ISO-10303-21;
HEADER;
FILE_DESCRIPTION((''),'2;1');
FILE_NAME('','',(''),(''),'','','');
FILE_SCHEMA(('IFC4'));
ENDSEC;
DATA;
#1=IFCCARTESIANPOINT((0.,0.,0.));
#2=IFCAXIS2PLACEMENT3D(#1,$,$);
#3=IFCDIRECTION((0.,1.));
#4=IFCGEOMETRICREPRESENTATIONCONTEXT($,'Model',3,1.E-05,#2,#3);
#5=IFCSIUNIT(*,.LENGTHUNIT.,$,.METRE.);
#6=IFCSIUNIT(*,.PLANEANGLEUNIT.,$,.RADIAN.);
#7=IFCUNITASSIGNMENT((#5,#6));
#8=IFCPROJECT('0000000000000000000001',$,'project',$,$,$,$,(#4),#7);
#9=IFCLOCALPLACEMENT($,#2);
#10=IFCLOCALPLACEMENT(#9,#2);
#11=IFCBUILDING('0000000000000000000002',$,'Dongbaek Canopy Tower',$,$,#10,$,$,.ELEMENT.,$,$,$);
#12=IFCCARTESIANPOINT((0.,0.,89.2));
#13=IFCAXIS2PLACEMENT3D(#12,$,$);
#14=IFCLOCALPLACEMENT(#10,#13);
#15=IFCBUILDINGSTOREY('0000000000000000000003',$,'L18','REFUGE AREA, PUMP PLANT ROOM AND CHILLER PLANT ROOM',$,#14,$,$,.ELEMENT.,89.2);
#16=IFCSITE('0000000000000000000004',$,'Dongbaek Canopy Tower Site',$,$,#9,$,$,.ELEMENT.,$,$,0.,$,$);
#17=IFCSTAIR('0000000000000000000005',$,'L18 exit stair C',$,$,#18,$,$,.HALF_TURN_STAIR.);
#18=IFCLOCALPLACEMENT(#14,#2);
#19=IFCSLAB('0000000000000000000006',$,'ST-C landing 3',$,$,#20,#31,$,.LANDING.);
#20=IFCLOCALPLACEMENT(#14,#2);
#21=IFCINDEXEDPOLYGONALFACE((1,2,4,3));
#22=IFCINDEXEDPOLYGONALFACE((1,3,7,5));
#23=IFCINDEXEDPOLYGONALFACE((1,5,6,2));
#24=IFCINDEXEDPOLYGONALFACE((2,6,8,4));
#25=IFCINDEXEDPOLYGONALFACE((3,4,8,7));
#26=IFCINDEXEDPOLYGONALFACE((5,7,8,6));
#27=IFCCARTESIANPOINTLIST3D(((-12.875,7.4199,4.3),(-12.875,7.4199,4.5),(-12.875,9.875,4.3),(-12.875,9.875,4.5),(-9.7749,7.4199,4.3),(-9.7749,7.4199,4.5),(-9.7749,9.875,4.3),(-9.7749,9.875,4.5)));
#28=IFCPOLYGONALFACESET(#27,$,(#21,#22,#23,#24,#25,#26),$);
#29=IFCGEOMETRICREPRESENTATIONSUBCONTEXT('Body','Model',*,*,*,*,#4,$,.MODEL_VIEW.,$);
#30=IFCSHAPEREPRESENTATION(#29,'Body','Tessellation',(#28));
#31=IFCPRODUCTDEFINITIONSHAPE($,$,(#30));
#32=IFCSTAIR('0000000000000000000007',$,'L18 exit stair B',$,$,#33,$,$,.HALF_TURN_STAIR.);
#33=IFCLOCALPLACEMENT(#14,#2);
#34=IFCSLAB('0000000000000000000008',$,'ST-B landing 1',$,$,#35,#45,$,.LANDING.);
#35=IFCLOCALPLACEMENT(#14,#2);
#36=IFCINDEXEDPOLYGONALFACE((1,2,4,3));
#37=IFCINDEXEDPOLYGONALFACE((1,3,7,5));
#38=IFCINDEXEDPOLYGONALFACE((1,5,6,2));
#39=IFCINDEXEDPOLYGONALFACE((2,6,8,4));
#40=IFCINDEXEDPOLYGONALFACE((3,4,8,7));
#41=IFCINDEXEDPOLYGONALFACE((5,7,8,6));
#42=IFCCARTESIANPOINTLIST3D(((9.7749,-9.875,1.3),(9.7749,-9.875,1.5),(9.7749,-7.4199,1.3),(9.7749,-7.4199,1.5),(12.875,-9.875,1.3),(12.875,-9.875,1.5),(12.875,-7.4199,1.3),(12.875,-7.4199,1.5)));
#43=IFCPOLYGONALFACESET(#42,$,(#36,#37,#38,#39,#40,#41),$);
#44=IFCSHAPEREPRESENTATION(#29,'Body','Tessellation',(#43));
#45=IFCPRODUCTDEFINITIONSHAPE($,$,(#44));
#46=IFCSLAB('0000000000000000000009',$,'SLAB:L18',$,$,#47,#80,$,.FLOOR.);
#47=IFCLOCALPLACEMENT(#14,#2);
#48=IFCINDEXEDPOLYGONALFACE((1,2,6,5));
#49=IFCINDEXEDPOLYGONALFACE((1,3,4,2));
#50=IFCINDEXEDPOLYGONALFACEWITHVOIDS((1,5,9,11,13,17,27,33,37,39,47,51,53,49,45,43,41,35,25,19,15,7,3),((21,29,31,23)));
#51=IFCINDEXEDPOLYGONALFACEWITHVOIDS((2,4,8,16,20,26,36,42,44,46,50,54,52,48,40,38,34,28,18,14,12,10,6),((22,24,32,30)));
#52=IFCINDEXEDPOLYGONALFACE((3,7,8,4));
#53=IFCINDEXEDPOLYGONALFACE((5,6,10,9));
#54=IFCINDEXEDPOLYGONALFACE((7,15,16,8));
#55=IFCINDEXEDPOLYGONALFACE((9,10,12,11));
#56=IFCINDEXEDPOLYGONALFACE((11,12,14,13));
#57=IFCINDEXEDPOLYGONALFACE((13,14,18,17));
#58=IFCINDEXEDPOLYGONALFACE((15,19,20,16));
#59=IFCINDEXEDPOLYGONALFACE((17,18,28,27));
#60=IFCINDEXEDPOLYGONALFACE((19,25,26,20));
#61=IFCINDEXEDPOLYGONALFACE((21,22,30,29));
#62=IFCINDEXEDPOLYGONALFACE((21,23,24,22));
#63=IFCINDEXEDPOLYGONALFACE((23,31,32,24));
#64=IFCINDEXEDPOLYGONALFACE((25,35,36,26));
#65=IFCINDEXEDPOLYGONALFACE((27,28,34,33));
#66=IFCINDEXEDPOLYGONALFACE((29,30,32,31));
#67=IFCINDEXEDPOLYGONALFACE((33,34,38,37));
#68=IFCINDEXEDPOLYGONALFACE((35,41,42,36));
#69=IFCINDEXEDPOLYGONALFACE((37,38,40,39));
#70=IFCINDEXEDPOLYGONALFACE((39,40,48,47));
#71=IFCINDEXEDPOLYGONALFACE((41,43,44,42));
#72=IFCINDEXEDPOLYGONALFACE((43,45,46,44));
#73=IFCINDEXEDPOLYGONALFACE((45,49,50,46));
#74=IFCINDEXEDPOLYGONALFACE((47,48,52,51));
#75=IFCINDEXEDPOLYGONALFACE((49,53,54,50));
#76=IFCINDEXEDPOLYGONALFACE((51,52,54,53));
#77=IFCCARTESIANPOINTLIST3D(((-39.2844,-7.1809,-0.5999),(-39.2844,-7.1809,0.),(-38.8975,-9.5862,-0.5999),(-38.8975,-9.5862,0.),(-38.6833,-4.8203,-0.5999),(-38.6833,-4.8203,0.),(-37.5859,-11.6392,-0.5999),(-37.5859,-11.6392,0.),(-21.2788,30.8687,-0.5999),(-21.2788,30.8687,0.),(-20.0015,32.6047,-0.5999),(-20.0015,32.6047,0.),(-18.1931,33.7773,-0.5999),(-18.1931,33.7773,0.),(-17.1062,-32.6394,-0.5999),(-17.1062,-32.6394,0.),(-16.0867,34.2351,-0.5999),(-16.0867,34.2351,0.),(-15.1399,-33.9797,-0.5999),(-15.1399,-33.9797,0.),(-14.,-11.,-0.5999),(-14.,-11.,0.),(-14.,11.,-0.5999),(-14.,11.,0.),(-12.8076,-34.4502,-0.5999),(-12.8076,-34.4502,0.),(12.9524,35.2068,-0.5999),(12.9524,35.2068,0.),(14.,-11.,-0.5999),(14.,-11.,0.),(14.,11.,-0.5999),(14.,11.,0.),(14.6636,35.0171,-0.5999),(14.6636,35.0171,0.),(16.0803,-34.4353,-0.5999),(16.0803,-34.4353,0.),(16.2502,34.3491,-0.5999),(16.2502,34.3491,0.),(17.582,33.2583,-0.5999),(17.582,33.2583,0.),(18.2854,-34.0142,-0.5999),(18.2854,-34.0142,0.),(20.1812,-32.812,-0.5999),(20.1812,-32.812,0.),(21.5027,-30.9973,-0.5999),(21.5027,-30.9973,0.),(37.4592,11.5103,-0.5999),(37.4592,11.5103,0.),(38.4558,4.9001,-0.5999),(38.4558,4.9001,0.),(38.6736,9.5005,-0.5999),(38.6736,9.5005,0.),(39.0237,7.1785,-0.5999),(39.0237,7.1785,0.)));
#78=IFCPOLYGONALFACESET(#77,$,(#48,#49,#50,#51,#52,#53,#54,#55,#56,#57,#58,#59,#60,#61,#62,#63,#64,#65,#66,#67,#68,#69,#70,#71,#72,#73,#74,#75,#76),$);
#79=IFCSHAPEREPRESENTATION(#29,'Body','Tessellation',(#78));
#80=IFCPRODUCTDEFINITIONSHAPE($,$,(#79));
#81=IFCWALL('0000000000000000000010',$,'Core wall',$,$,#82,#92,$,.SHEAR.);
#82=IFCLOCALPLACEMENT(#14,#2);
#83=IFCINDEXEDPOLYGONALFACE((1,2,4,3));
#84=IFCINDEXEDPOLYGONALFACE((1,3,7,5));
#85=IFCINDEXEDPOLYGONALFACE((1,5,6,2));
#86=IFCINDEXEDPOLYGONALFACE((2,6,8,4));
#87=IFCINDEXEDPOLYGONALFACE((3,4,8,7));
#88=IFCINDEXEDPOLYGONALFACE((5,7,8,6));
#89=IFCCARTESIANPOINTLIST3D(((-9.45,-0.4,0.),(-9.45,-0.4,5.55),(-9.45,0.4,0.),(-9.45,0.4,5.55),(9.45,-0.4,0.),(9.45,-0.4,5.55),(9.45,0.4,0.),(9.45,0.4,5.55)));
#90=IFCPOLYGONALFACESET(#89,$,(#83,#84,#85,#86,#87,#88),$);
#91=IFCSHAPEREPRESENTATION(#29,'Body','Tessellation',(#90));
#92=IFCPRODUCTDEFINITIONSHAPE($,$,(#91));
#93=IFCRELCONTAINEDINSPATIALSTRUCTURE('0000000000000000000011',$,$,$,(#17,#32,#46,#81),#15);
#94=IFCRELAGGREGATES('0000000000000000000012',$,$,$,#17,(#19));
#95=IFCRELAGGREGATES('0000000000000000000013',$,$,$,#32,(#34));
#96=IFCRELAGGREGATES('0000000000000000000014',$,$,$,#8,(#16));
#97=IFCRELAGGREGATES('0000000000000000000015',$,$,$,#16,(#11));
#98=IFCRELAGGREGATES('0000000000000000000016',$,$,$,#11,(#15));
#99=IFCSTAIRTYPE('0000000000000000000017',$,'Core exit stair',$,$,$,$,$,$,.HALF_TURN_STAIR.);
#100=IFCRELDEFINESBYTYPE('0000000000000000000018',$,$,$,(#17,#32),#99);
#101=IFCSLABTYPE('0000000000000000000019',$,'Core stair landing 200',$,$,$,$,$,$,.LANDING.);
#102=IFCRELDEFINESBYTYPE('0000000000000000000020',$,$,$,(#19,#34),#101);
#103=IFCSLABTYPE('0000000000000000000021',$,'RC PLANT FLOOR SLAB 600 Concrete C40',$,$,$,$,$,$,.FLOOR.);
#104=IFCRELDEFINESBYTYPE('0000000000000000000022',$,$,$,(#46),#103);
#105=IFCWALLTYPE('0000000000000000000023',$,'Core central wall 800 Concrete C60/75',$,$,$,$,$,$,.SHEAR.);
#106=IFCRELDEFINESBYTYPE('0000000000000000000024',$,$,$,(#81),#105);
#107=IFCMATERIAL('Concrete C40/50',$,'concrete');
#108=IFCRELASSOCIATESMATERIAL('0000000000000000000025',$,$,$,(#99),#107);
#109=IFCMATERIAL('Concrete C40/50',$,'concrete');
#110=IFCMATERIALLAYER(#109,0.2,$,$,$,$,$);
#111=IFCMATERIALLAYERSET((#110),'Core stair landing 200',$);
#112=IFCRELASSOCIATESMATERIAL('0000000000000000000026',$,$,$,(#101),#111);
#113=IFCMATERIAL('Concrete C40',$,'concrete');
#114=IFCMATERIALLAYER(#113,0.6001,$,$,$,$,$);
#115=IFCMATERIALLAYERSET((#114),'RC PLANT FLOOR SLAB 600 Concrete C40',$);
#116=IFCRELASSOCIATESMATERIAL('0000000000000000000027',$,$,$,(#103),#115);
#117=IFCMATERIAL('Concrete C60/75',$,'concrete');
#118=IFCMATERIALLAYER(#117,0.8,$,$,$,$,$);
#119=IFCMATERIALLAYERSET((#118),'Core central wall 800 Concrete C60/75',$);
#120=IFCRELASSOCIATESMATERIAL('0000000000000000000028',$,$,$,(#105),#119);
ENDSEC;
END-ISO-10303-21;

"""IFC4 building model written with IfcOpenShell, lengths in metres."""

from ifc_helpers import new_model, si_unit, direction, frame, frame_2d, origin, place, context, subcontext, project, spatial, polyline, rectangle, outline, extrude, material, layer, layer_set, type_object, element, aggregate, save


model = new_model("IFC4")

# Units and contexts
model_context = context("Model", 3, precision=1e-05, world=origin(), true_north=direction((0.0, 1.0)))
body_context = subcontext(model_context, "Body", "Model", "MODEL_VIEW")
ifc_project = project(units=[si_unit("LENGTHUNIT", "METRE"), si_unit("PLANEANGLEUNIT", "RADIAN")], contexts=[model_context])

# Site, building, storey
site_placement = place(None, origin())
site = spatial("IfcSite", under=ifc_project, at=site_placement, Name="Dongbaek Canopy Tower Site", CompositionType="ELEMENT", RefElevation=0.0)
building_placement = place(site_placement, origin())
building = spatial("IfcBuilding", under=site, at=building_placement, Name="Dongbaek Canopy Tower", CompositionType="ELEMENT")
storey_placement = place(building_placement, frame((0.0, 0.0, 89.2)))
storey = spatial("IfcBuildingStorey", under=building, at=storey_placement, Name="L18", Description="REFUGE AREA, PUMP PLANT ROOM AND CHILLER PLANT ROOM", CompositionType="ELEMENT", Elevation=89.2)

# Stair, slab
ifc_material_1 = material(Name="Concrete C40/50", Category="concrete")
stair_type = type_object("IfcStairType", Name="Core exit stair", PredefinedType="HALF_TURN_STAIR", material=ifc_material_1)
ifc_material_2 = material(Name="Concrete C40/50", Category="concrete")
ifc_layer_1 = layer(ifc_material_2, 0.2)
ifc_layer_set_1 = layer_set([ifc_layer_1], Name="Core stair landing 200")
slab_type_1 = type_object("IfcSlabType", Name="Core stair landing 200", PredefinedType="LANDING", material=ifc_layer_set_1)
stair_1_placement = place(storey_placement, origin())
stair_1 = element("IfcStair", 1, at=stair_1_placement, inside=storey, type_object=stair_type, Name="L18 exit stair C", PredefinedType="HALF_TURN_STAIR")
slab_1_placement = place(storey_placement, frame((0.0, 0.0, 4.3)))
slab_1 = element("IfcSlab", 2, at=slab_1_placement, type_object=slab_type_1, Name="ST-C landing 3", PredefinedType="LANDING", context=body_context, shape_type="SweptSolid", body=[
    extrude(outline(polyline([(-9.7749, 7.4199), (-9.7749, 9.875), (-12.875, 9.875), (-12.875, 7.4199), (-9.7749, 7.4199)])), origin(), (0.0, 0.0, 1.0), 0.2),
])
aggregate(stair_1, [slab_1])

# Stair, slab
stair_2_placement = place(storey_placement, origin())
stair_2 = element("IfcStair", 3, at=stair_2_placement, inside=storey, type_object=stair_type, Name="L18 exit stair B", PredefinedType="HALF_TURN_STAIR")
slab_2_placement = place(storey_placement, frame((0.0, 0.0, 1.3)))
slab_2 = element("IfcSlab", 4, at=slab_2_placement, type_object=slab_type_1, Name="ST-B landing 1", PredefinedType="LANDING", context=body_context, shape_type="SweptSolid", body=[
    extrude(outline(polyline([(9.7749, -7.4199), (9.7749, -9.875), (12.875, -9.875), (12.875, -7.4199), (9.7749, -7.4199)])), origin(), (0.0, 0.0, 1.0), 0.2),
])
aggregate(stair_2, [slab_2])

# Slab
ifc_material_3 = material(Name="Concrete C40", Category="concrete")
ifc_layer_2 = layer(ifc_material_3, 0.6001)
ifc_layer_set_2 = layer_set([ifc_layer_2], Name="RC PLANT FLOOR SLAB 600 Concrete C40")
slab_type_2 = type_object("IfcSlabType", Name="RC PLANT FLOOR SLAB 600 Concrete C40", PredefinedType="FLOOR", material=ifc_layer_set_2)
slab_3_placement = place(storey_placement, frame((0.0, 0.0, -0.5999)))
element("IfcSlab", 5, at=slab_3_placement, inside=storey, type_object=slab_type_2, Name="SLAB:L18", PredefinedType="FLOOR", context=body_context, shape_type="SweptSolid", body=[
    extrude(outline(polyline([(21.5027, -30.9973), (20.1812, -32.812), (18.2854, -34.0142), (16.0803, -34.4353), (-12.8076, -34.4502), (-15.1399, -33.9797), (-17.1062, -32.6394), (-37.5859, -11.6392), (-38.8975, -9.5862), (-39.2844, -7.1809), (-38.6833, -4.8203), (-21.2788, 30.8687), (-20.0015, 32.6047), (-18.1931, 33.7773), (-16.0867, 34.2351), (12.9524, 35.2068), (14.6636, 35.0171), (16.2502, 34.3491), (17.582, 33.2583), (37.4592, 11.5103), (38.6736, 9.5005), (39.0237, 7.1785), (38.4558, 4.9001), (21.5027, -30.9973)]), holes=[polyline([(14.0, 11.0), (-14.0, 11.0), (-14.0, -11.0), (14.0, -11.0), (14.0, 11.0)])]), origin(), (0.0, 0.0, 1.0), 0.5999),
])

# Wall
ifc_material_4 = material(Name="Concrete C60/75", Category="concrete")
ifc_layer_3 = layer(ifc_material_4, 0.8)
ifc_layer_set_3 = layer_set([ifc_layer_3], Name="Core central wall 800 Concrete C60/75")
wall_type_1 = type_object("IfcWallType", Name="Core central wall 800 Concrete C60/75", PredefinedType="SHEAR", material=ifc_layer_set_3)
wall_1_placement = place(storey_placement, frame((-9.45, 0.0, 0.0), z_axis=(0.0, 0.0, 1.0), x_axis=(1.0, 0.0, 0.0)))
element("IfcWall", 6, at=wall_1_placement, inside=storey, type_object=wall_type_1, Name="Core wall", PredefinedType="SHEAR", context=body_context, shape_type="SweptSolid", body=[
    extrude(rectangle(XDim=18.8999, YDim=0.8, at=frame_2d((9.45, 0.0))), origin(), (0.0, 0.0, 1.0), 5.55),
])

save(model, "model.ifc")
